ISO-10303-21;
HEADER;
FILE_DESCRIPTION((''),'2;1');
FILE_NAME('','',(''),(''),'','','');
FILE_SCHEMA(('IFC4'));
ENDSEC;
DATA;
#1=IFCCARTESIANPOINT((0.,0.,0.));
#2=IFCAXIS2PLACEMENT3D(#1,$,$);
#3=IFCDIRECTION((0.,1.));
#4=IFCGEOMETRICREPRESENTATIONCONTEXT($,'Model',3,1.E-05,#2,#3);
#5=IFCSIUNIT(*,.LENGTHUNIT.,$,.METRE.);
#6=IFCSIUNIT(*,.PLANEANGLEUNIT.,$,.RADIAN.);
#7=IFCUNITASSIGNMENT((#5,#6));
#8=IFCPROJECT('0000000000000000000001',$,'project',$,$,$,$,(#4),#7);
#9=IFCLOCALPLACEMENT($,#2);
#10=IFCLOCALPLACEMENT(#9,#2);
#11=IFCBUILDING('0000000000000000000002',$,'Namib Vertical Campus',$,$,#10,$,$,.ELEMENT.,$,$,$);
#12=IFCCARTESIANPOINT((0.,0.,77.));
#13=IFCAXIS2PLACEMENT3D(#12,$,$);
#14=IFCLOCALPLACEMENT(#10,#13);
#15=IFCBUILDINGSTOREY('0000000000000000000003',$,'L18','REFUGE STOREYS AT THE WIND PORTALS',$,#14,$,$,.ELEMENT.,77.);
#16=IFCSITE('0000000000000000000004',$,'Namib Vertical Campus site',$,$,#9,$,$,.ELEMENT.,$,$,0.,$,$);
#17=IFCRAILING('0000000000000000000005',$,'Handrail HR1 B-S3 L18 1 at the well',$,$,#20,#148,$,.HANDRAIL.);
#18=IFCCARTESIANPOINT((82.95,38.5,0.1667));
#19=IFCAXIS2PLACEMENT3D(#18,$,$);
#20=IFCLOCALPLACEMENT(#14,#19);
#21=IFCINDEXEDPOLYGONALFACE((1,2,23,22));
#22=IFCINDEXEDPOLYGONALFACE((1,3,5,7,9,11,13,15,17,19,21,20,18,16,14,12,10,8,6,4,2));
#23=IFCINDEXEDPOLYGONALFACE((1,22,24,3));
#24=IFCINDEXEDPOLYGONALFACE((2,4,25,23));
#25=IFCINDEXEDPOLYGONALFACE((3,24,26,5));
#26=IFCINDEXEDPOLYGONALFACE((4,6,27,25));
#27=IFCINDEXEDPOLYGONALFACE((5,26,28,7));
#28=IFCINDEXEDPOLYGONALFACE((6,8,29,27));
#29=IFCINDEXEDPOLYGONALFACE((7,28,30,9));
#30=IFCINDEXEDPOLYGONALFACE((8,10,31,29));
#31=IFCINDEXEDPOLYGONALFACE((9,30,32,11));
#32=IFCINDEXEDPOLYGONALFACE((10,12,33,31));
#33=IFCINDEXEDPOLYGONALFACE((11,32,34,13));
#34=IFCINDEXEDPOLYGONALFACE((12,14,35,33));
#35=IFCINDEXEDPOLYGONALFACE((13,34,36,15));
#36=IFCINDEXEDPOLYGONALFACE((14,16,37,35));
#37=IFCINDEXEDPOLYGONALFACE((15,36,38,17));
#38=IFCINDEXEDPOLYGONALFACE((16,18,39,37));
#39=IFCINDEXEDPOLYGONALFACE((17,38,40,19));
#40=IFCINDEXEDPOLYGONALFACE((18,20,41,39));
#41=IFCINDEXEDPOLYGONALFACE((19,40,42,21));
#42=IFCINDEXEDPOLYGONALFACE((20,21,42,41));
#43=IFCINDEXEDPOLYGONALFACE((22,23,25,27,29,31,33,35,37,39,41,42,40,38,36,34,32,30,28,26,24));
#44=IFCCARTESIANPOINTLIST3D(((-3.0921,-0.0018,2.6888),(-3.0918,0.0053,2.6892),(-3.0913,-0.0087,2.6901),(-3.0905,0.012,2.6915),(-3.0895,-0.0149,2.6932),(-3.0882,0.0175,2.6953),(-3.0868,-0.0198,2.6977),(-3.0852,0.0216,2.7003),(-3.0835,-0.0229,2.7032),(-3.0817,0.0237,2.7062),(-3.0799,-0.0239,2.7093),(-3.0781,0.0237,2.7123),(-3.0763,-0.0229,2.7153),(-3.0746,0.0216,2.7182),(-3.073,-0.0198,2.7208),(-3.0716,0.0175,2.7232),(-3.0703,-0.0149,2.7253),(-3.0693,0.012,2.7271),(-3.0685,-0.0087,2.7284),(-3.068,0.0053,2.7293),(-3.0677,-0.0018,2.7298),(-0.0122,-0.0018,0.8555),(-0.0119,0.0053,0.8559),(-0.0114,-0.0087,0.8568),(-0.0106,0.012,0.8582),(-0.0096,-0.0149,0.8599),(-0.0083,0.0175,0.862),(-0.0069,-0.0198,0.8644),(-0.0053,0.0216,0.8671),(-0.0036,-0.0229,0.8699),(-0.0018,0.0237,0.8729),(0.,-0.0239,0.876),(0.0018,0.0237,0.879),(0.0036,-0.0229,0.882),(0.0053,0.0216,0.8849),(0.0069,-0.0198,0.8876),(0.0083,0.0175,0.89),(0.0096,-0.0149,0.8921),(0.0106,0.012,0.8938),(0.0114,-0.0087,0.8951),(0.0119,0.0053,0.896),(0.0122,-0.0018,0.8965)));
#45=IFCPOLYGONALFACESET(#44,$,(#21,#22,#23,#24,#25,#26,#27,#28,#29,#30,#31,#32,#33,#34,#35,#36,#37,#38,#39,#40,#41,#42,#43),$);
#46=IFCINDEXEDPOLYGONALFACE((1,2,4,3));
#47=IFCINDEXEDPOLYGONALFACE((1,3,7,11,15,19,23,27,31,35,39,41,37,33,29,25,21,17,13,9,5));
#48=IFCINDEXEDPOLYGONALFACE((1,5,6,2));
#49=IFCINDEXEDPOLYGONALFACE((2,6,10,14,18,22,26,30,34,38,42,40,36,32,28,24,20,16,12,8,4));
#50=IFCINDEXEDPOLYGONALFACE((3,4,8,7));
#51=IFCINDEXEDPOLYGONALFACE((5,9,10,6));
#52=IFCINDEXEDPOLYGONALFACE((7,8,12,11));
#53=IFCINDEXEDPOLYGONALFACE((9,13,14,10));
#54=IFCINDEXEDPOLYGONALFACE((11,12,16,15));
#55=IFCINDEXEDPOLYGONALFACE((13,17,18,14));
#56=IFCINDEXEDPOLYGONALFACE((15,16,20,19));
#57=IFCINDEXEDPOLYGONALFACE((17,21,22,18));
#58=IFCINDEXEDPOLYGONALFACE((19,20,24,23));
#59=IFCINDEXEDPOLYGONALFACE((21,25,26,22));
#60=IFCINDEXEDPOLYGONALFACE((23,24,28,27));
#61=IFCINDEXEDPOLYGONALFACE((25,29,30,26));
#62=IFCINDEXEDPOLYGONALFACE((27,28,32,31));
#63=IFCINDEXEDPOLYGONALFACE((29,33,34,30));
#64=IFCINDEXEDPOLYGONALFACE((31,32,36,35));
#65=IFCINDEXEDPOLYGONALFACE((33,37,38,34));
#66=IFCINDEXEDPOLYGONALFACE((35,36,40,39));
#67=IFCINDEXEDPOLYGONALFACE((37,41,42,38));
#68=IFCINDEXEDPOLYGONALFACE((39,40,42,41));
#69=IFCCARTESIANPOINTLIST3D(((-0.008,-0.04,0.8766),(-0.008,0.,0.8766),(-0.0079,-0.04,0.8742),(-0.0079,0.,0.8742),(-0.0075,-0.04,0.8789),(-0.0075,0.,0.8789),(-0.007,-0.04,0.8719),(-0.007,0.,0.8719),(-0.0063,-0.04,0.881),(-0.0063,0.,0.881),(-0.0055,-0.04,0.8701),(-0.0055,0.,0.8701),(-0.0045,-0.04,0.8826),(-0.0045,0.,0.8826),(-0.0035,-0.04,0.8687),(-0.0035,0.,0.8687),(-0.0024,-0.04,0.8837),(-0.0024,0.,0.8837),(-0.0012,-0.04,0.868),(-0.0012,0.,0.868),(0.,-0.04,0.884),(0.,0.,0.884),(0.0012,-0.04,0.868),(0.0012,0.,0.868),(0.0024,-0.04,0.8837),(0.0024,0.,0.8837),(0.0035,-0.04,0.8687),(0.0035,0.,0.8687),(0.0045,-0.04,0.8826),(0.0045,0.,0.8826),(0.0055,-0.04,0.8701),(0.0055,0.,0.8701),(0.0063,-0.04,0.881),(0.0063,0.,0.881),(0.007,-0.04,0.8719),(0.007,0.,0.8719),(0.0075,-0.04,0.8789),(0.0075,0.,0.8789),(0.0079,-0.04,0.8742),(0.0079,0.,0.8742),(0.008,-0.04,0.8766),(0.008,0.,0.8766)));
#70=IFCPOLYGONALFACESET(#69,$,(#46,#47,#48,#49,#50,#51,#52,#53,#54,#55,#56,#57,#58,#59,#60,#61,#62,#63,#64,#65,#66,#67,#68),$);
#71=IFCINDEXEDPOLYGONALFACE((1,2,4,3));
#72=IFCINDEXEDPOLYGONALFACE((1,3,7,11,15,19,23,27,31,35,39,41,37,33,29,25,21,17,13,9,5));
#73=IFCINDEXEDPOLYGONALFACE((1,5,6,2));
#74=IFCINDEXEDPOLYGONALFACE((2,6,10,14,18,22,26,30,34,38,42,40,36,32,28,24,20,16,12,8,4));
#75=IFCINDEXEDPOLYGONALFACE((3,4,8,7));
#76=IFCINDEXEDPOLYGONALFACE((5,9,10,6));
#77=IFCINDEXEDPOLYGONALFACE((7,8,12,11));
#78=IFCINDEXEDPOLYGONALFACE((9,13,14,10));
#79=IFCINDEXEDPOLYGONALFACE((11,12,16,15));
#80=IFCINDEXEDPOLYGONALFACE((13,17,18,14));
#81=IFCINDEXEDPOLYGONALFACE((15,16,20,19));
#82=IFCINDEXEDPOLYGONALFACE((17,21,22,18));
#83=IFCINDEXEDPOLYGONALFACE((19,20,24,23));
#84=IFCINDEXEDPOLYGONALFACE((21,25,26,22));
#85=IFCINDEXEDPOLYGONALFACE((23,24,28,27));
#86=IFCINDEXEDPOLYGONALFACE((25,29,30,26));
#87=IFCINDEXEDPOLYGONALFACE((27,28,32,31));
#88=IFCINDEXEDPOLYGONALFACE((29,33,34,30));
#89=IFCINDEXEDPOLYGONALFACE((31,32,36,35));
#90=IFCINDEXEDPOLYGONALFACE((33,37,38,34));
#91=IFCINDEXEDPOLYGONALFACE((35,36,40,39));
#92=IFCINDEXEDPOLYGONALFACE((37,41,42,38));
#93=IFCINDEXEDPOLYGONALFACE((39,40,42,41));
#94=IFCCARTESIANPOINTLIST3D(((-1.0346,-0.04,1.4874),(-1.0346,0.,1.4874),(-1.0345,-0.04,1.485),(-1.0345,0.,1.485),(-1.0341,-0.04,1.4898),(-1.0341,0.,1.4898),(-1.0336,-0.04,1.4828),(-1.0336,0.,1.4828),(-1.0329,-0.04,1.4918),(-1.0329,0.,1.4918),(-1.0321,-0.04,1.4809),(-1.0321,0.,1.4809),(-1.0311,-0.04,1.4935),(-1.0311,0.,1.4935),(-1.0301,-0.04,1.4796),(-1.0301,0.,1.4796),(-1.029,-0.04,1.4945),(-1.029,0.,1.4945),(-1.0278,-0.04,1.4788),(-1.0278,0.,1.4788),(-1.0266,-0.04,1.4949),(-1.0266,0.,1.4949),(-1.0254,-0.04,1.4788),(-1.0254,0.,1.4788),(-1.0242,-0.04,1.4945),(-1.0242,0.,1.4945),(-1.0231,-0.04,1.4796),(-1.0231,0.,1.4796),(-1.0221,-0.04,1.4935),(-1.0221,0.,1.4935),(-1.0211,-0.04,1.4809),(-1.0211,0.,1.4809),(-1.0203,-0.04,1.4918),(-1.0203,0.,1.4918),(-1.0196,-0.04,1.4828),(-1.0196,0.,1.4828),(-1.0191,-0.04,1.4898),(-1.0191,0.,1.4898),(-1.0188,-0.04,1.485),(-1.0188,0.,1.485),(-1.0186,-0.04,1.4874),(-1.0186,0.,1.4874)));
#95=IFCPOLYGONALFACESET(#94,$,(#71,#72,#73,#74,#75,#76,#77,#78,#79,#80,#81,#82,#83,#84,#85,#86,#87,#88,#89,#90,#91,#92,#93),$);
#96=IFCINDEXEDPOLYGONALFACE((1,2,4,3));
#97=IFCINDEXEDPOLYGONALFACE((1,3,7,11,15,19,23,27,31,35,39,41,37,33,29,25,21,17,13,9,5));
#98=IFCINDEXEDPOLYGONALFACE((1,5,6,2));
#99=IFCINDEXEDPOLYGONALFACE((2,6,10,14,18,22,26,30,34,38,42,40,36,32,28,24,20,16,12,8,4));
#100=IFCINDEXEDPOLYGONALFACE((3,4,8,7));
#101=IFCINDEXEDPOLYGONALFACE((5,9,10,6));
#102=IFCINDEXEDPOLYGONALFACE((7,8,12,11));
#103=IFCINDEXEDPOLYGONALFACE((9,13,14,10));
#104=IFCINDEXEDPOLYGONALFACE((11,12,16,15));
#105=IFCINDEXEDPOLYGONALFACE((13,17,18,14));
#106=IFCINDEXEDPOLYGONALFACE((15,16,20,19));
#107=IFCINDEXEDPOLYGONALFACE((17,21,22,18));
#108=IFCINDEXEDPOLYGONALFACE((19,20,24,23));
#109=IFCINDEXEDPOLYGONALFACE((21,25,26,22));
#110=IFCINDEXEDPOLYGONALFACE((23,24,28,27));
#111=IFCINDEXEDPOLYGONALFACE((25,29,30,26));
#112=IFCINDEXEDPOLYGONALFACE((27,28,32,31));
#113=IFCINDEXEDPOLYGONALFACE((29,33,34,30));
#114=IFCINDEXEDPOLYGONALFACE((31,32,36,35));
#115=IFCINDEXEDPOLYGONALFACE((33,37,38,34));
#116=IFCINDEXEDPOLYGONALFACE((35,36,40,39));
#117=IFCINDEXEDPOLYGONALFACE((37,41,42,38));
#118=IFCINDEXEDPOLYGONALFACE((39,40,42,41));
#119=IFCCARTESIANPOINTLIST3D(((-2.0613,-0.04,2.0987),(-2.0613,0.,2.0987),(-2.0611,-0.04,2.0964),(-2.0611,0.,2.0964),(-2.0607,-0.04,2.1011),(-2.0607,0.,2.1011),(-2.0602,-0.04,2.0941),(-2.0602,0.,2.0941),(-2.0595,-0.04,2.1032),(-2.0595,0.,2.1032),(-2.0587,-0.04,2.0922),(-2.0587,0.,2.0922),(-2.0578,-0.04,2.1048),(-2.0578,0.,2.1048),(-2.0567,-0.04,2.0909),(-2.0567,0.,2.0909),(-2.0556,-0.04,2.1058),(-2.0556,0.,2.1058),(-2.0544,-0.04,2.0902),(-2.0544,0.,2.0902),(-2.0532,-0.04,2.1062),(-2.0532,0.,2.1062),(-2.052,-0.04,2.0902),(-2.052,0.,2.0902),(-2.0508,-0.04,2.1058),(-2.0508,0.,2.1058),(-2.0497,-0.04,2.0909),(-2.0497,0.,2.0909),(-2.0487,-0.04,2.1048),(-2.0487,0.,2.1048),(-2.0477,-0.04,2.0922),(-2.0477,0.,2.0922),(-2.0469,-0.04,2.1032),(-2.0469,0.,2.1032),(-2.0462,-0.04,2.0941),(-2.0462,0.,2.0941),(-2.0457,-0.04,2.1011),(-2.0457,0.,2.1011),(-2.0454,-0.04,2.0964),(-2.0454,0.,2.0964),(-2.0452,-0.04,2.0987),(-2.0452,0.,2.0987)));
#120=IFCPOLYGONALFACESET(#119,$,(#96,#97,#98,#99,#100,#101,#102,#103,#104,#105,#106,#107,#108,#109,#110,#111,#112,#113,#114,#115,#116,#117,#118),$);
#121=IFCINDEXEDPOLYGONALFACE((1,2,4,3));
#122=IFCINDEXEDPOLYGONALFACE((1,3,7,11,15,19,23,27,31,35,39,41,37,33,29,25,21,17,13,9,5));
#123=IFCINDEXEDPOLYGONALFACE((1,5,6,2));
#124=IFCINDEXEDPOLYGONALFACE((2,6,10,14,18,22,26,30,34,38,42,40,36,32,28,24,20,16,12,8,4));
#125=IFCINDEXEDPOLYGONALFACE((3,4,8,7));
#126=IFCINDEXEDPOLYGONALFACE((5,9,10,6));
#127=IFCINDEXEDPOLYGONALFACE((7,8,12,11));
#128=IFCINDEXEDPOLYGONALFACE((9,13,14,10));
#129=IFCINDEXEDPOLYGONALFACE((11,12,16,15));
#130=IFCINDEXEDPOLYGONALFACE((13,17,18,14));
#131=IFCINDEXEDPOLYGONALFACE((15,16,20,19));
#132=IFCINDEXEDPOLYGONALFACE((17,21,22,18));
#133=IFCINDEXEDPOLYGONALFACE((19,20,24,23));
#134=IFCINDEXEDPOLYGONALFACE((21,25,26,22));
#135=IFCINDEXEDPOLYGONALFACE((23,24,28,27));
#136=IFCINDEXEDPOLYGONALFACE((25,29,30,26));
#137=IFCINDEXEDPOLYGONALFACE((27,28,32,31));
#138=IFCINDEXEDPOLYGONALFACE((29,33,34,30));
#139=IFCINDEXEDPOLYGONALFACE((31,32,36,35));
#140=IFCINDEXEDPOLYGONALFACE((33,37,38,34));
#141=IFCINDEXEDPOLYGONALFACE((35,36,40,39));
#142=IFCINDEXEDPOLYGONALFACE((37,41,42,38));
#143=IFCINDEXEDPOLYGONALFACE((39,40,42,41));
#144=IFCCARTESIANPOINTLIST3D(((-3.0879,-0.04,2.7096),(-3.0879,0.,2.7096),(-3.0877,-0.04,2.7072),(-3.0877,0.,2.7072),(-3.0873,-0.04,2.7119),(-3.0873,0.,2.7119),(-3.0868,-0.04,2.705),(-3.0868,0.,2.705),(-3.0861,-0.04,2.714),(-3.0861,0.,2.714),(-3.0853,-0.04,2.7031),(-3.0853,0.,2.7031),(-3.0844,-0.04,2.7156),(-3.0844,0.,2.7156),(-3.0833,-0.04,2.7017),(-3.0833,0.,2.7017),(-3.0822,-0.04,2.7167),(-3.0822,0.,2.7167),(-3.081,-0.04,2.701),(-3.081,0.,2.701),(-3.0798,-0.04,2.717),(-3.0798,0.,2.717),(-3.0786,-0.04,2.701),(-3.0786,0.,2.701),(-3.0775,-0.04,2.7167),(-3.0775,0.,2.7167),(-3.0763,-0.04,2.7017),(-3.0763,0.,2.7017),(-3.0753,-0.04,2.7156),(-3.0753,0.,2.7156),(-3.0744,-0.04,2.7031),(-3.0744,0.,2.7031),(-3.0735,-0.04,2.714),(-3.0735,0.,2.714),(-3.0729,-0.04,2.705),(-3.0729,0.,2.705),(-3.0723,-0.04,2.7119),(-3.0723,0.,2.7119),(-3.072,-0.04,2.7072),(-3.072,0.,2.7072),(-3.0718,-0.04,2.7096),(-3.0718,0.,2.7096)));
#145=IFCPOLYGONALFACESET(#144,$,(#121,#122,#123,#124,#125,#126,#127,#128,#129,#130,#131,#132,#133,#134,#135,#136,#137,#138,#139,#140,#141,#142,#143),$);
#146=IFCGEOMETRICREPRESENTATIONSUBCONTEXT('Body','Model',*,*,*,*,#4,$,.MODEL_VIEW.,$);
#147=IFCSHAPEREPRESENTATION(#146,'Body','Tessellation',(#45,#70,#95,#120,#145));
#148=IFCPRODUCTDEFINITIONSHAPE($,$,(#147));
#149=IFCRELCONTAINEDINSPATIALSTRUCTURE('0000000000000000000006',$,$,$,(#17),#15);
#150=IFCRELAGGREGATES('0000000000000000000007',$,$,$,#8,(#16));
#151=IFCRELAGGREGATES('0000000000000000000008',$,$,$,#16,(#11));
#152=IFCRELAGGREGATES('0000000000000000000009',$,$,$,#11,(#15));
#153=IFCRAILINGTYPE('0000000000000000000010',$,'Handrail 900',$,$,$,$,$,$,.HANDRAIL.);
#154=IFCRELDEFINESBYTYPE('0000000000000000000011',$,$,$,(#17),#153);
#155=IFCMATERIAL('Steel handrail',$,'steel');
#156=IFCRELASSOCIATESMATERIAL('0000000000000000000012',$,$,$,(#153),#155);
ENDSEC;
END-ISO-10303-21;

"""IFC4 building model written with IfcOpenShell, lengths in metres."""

from ifc_helpers import new_model, si_unit, direction, frame, origin, origin_2d, place, context, subcontext, project, spatial, circle, extrude, material, type_object, element, save


model = new_model("IFC4")

# Units and contexts
model_context = context("Model", 3, precision=1e-05, world=origin(), true_north=direction((0.0, 1.0)))
body_context = subcontext(model_context, "Body", "Model", "MODEL_VIEW")
ifc_project = project(units=[si_unit("LENGTHUNIT", "METRE"), si_unit("PLANEANGLEUNIT", "RADIAN")], contexts=[model_context])

# Site, building, storey
site_placement = place(None, origin())
site = spatial("IfcSite", under=ifc_project, at=site_placement, Name="Namib Vertical Campus site", CompositionType="ELEMENT", RefElevation=0.0)
building_placement = place(site_placement, origin())
building = spatial("IfcBuilding", under=site, at=building_placement, Name="Namib Vertical Campus", CompositionType="ELEMENT")
storey_placement = place(building_placement, frame((0.0, 0.0, 77.0)))
storey = spatial("IfcBuildingStorey", under=building, at=storey_placement, Name="L18", Description="REFUGE STOREYS AT THE WIND PORTALS", CompositionType="ELEMENT", Elevation=77.0)

# Railing
ifc_material_1 = material(Name="Steel handrail", Category="steel")
railing_type_1 = type_object("IfcRailingType", Name="Handrail 900", PredefinedType="HANDRAIL", material=ifc_material_1)
railing_1_placement = place(storey_placement, frame((82.95, 38.5, 0.1667)))
element("IfcRailing", 1, at=railing_1_placement, inside=storey, type_object=railing_type_1, Name="Handrail HR1 B-S3 L18 1 at the well", PredefinedType="HANDRAIL", context=body_context, shape_type="SweptSolid", body=[
    extrude(circle(Radius=0.0239, at=origin_2d()), frame((0.0, 0.0, 0.876), z_axis=(-0.859291, 0.0, 0.511487), x_axis=(0.0, -1.0, 0.0)), (0.0, 0.0, 1.0), 3.5842),
    extrude(circle(Radius=0.0081, at=origin_2d()), frame((0.0, 0.0, 0.876), z_axis=(0.0, -1.0, 0.0), x_axis=(0.0, 0.0, 1.0)), (0.0, 0.0, 1.0), 0.04),
    extrude(circle(Radius=0.0081, at=origin_2d()), frame((-1.0266, 0.0, 1.4868), z_axis=(0.0, -1.0, 0.0), x_axis=(0.0, 0.0, 1.0)), (0.0, 0.0, 1.0), 0.04),
    extrude(circle(Radius=0.0081, at=origin_2d()), frame((-2.0532, 0.0, 2.0981), z_axis=(0.0, -1.0, 0.0), x_axis=(0.0, 0.0, 1.0)), (0.0, 0.0, 1.0), 0.04),
    extrude(circle(Radius=0.0081, at=origin_2d()), frame((-3.0798, 0.0, 2.709), z_axis=(0.0, -1.0, 0.0), x_axis=(0.0, 0.0, 1.0)), (0.0, 0.0, 1.0), 0.04),
])

save(model, "model.ifc")
